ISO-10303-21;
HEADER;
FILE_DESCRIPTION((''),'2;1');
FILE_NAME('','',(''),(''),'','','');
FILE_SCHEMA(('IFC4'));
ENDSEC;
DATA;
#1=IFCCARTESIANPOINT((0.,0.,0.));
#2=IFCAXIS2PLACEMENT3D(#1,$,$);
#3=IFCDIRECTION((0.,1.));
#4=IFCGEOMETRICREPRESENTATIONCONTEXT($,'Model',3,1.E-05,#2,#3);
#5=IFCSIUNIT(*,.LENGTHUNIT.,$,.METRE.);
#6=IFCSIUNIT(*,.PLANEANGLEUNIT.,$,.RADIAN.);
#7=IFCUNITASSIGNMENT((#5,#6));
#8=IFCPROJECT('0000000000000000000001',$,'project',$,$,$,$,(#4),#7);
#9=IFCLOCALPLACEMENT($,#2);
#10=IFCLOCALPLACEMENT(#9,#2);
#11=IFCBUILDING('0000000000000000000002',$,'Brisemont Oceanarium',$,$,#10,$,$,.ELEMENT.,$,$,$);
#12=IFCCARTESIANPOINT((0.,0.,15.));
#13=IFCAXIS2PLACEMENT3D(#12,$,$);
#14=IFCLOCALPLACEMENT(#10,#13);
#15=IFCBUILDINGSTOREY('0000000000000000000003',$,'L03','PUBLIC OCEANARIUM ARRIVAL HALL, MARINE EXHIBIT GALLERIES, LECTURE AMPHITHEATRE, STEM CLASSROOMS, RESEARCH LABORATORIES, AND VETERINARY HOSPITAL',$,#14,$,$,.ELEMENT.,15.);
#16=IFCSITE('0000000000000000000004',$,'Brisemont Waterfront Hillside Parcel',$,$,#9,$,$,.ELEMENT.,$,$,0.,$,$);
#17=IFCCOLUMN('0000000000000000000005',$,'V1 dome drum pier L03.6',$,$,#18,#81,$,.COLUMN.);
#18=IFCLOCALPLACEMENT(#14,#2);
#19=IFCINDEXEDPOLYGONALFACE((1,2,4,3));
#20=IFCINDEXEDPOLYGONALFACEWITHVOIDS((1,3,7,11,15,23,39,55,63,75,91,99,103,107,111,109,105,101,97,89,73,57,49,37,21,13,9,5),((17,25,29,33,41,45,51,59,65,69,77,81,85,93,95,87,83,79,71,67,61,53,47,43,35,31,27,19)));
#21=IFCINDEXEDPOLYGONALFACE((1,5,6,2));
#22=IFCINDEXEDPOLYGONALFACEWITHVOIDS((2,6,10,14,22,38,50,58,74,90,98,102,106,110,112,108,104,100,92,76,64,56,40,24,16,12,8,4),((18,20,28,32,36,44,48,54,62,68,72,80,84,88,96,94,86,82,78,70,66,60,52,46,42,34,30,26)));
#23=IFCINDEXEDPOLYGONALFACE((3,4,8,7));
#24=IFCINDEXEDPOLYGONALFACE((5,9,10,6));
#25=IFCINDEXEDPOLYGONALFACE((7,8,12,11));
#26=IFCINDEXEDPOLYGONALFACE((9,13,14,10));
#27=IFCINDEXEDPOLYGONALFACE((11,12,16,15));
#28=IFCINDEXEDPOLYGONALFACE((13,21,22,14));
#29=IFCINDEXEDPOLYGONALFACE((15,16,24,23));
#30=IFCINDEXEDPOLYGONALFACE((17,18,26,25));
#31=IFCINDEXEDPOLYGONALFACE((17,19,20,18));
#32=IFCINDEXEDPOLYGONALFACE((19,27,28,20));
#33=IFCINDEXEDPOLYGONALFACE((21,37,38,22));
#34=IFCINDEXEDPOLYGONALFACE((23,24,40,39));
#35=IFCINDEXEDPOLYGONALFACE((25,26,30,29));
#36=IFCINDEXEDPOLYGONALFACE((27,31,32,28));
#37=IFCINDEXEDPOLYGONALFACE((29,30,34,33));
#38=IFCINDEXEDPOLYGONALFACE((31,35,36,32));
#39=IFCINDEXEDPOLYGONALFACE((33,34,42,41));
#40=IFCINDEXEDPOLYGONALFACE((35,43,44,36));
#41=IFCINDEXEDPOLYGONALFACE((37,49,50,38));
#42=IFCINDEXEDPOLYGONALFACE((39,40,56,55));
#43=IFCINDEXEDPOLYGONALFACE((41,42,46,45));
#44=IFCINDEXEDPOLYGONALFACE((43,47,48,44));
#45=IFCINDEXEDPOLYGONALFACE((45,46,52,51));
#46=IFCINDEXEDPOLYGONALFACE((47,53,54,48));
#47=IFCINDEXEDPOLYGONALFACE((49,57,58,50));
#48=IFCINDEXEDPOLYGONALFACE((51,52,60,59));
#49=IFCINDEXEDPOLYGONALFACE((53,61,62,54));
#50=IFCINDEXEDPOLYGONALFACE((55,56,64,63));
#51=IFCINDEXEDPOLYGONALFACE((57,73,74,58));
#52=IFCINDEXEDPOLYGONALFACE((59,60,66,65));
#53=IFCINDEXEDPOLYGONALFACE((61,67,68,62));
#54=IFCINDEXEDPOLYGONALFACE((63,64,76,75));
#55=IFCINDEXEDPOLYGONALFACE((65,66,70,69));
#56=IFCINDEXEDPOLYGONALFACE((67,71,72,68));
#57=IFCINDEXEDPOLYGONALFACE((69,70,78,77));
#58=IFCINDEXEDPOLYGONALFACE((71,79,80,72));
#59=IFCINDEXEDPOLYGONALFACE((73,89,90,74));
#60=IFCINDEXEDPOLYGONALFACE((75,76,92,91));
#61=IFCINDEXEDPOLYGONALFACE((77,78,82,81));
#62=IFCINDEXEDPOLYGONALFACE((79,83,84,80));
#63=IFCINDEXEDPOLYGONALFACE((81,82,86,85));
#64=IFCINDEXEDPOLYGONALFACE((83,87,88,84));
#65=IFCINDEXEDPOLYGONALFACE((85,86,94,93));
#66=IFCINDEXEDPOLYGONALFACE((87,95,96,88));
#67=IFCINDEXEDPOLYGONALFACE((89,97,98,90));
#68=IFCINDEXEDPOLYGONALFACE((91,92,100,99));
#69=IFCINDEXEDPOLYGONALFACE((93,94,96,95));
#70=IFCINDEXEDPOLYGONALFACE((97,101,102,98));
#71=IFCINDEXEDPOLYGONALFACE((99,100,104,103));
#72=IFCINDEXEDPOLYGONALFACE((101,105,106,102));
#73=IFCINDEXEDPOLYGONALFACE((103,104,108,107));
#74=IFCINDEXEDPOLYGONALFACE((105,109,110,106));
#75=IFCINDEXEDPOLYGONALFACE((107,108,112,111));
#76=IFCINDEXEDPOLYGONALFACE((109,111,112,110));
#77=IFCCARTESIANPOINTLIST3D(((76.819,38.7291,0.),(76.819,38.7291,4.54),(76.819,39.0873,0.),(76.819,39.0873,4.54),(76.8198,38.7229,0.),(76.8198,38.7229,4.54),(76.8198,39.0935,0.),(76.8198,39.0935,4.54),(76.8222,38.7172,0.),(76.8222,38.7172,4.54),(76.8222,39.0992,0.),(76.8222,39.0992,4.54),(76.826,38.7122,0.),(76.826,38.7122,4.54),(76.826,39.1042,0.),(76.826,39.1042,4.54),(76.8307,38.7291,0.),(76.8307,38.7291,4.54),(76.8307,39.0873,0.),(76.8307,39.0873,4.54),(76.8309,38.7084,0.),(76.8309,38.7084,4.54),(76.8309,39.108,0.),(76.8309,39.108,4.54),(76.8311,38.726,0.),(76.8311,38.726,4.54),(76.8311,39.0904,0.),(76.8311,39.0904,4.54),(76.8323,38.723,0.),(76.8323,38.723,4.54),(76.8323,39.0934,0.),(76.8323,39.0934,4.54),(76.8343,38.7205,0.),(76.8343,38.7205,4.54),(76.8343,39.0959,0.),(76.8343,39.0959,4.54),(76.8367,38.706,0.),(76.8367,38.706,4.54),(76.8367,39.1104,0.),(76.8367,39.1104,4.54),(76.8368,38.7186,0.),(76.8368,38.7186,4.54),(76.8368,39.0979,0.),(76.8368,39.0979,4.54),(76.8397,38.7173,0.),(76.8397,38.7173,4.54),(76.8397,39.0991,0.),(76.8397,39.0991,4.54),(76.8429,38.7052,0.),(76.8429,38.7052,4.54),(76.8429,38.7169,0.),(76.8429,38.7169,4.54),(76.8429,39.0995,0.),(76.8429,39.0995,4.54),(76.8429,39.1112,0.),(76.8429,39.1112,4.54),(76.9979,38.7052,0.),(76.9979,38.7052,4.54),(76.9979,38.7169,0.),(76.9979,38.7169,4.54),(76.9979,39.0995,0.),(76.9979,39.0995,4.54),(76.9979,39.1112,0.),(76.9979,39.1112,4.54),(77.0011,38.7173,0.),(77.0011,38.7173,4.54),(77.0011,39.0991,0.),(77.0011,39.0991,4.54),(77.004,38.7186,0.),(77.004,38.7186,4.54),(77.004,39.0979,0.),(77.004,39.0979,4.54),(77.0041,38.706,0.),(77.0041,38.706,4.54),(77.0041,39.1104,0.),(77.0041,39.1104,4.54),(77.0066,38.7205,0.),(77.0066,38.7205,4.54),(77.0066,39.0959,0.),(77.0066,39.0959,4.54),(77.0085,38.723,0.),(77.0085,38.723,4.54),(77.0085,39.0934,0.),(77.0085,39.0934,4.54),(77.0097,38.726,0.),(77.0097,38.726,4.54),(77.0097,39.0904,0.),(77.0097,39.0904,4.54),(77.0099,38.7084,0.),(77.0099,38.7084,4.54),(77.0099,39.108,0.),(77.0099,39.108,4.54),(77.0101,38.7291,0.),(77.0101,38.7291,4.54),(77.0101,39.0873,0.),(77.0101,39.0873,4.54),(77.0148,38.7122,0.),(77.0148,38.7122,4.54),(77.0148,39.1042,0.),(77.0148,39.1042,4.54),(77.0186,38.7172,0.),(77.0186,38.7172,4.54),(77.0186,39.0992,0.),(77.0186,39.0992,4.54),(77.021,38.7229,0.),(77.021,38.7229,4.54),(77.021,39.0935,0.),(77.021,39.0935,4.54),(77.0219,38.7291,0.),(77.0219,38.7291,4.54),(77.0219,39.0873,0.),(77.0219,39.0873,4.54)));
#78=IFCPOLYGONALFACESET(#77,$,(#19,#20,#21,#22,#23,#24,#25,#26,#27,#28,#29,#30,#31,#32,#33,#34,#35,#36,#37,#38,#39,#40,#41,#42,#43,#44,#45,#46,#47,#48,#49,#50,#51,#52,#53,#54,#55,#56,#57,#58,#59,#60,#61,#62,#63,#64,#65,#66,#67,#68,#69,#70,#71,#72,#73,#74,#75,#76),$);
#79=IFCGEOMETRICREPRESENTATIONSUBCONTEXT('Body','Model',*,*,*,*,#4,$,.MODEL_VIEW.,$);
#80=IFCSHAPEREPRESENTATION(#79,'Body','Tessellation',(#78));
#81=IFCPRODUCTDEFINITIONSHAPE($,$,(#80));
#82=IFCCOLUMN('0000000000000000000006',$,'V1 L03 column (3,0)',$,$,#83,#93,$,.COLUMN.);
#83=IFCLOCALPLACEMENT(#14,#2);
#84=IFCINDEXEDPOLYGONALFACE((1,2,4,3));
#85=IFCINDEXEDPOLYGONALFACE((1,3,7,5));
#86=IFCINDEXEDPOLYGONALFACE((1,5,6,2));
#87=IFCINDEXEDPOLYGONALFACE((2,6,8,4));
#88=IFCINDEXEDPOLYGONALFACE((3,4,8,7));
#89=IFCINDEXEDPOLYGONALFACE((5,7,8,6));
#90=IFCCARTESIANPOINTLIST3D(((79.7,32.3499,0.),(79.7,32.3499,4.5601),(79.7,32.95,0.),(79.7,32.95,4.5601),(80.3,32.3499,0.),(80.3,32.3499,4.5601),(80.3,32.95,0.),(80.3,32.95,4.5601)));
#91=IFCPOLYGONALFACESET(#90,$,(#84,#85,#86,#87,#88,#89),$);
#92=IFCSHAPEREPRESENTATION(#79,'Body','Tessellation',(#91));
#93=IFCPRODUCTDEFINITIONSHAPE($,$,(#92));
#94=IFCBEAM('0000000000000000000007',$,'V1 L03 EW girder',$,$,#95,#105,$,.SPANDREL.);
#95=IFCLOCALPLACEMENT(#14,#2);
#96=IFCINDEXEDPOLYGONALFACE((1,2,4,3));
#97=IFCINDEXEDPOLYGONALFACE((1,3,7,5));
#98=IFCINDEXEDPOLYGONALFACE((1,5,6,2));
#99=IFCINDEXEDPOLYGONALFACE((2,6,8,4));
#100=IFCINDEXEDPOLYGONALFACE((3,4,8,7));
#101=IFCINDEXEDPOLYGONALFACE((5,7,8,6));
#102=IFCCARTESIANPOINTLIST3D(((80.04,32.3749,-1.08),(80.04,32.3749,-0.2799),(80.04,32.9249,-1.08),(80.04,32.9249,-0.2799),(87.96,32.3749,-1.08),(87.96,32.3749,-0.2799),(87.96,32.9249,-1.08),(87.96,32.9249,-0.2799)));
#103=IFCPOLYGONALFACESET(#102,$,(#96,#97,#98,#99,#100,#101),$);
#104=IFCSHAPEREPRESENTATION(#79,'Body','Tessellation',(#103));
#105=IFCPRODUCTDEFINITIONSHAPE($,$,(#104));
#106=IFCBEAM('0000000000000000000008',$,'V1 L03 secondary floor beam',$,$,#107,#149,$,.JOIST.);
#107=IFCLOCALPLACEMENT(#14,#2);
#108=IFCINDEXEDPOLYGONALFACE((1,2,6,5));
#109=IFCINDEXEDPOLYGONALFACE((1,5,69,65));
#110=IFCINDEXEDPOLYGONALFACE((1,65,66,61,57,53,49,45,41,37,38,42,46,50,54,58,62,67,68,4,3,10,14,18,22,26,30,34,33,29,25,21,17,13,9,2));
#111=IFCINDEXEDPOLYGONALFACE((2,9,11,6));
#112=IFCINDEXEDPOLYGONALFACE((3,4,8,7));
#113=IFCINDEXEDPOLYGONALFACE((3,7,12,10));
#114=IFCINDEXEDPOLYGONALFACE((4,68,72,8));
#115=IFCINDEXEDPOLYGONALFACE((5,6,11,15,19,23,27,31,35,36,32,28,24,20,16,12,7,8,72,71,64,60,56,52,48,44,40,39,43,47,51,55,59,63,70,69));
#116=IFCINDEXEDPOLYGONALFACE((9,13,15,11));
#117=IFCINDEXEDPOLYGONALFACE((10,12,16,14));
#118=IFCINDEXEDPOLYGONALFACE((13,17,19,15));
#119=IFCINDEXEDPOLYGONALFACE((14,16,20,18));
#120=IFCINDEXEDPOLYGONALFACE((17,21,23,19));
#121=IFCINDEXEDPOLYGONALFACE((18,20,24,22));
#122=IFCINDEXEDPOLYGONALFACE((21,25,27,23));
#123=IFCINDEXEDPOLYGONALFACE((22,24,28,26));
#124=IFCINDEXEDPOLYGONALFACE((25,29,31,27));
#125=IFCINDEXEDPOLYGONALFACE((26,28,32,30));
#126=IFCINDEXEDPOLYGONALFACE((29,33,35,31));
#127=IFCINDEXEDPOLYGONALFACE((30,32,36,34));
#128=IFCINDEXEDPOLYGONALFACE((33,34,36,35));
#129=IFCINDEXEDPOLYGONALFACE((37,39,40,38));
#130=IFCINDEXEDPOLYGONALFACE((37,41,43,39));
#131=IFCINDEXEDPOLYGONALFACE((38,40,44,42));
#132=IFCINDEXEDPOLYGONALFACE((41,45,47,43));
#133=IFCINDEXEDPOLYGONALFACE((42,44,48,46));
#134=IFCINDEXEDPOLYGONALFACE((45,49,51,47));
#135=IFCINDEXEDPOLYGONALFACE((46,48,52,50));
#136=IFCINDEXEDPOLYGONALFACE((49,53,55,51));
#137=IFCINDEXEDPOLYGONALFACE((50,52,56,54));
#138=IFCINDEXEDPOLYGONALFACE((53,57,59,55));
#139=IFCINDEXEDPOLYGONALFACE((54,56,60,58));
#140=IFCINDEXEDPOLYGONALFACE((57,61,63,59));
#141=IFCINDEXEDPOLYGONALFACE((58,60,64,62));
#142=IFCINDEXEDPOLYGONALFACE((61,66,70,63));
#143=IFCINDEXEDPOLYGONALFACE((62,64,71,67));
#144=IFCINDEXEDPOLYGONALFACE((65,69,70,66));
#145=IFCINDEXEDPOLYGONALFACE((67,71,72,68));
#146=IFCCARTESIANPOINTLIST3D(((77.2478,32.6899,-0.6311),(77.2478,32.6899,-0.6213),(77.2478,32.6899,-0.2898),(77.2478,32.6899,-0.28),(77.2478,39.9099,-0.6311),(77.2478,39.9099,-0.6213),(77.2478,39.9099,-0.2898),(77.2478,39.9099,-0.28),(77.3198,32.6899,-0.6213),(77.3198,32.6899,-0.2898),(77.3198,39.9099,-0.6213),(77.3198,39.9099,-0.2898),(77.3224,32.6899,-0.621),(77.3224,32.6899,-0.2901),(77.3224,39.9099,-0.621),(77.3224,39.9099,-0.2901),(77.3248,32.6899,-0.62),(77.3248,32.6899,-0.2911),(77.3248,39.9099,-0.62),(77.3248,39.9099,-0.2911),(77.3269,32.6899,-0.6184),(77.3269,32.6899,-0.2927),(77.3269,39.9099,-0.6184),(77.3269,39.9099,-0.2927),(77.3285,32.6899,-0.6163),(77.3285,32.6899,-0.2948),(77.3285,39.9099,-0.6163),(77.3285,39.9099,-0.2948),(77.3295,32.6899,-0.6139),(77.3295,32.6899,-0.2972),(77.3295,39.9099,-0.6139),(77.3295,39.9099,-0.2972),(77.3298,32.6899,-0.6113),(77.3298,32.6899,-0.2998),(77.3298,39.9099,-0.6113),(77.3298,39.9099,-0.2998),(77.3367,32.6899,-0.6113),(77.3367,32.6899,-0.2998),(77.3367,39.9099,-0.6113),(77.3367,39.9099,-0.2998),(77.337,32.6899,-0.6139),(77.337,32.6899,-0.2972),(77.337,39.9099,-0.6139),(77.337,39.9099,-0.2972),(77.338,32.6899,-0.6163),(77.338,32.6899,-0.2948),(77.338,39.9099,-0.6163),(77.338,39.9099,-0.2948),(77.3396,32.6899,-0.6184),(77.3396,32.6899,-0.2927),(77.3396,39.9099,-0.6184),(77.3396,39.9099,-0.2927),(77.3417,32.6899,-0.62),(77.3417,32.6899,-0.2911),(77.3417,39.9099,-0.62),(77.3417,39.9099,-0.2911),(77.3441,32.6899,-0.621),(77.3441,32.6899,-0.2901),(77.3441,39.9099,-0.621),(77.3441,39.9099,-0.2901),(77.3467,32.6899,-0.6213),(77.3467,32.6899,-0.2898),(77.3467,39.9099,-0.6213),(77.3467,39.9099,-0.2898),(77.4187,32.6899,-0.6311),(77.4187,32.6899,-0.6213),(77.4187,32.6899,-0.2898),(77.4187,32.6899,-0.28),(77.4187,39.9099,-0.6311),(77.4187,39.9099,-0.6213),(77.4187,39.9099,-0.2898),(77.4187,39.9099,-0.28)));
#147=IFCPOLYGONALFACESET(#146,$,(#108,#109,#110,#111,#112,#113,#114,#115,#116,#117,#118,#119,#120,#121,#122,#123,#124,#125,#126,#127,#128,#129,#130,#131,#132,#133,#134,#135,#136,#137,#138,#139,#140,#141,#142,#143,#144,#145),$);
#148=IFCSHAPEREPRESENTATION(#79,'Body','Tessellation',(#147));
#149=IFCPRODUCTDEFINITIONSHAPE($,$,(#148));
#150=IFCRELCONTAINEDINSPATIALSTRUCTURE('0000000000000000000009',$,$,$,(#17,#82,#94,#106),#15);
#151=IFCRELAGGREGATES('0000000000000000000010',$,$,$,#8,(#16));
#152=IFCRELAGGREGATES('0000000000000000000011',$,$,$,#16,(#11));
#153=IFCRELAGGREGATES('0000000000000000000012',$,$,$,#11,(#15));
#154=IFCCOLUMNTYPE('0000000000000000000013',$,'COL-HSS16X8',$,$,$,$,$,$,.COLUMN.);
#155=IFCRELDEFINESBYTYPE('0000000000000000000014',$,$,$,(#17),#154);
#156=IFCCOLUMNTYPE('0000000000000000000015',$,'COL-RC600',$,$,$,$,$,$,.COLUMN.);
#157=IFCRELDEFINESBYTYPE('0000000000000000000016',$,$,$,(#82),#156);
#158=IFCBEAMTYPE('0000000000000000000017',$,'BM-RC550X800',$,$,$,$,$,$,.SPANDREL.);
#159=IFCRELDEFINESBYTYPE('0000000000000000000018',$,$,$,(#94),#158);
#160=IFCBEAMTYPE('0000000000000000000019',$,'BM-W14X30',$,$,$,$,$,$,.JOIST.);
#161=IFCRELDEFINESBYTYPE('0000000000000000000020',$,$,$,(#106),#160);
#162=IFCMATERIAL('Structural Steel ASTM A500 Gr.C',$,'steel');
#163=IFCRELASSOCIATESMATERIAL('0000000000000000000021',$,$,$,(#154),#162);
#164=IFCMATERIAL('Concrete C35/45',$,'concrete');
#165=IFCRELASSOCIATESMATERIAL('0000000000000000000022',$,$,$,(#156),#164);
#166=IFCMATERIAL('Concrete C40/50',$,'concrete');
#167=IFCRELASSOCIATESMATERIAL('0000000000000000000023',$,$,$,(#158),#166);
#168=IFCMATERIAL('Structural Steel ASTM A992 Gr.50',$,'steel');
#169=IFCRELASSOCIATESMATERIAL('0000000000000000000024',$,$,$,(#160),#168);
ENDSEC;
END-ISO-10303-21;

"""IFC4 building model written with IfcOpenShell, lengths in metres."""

from ifc_helpers import new_model, si_unit, direction, frame, origin, origin_2d, place, context, subcontext, project, spatial, rectangle, hollow_rectangle, i_section, extrude, material, material_profile, profile_set, type_object, element, save


model = new_model("IFC4")

# Units and contexts
model_context = context("Model", 3, precision=1e-05, world=origin(), true_north=direction((0.0, 1.0)))
body_context = subcontext(model_context, "Body", "Model", "MODEL_VIEW")
ifc_project = project(units=[si_unit("LENGTHUNIT", "METRE"), si_unit("PLANEANGLEUNIT", "RADIAN")], contexts=[model_context])

# Site, building, storey
site_placement = place(None, origin())
site = spatial("IfcSite", under=ifc_project, at=site_placement, Name="Brisemont Waterfront Hillside Parcel", CompositionType="ELEMENT", RefElevation=0.0)
building_placement = place(site_placement, origin())
building = spatial("IfcBuilding", under=site, at=building_placement, Name="Brisemont Oceanarium", CompositionType="ELEMENT")
storey_placement = place(building_placement, frame((0.0, 0.0, 15.0)))
storey = spatial("IfcBuildingStorey", under=building, at=storey_placement, Name="L03", Description="PUBLIC OCEANARIUM ARRIVAL HALL, MARINE EXHIBIT GALLERIES, LECTURE AMPHITHEATRE, STEM CLASSROOMS, RESEARCH LABORATORIES, AND VETERINARY HOSPITAL", CompositionType="ELEMENT", Elevation=15.0)

# Columns
ifc_material_1 = material(Name="Structural Steel ASTM A500 Gr.C", Category="steel")
ifc_material_profile_1 = material_profile(ifc_material_1, hollow_rectangle(XDim=0.2029, YDim=0.406, WallThickness=0.0117, InnerFilletRadius=0.0122, OuterFilletRadius=0.0239, at=origin_2d()), Name="HSS16X8X1/2")
ifc_profile_set_1 = profile_set([ifc_material_profile_1], Name="Structural Steel ASTM A500 Gr.C")
column_type_1 = type_object("IfcColumnType", Name="COL-HSS16X8", PredefinedType="COLUMN", material=ifc_profile_set_1)
column_1_placement = place(storey_placement, frame((76.9204, 38.9082, 0.0), z_axis=(0.0, 0.0, 1.0), x_axis=(1.0, 0.0, 0.0)))
element("IfcColumn", 1, at=column_1_placement, inside=storey, type_object=column_type_1, Name="V1 dome drum pier L03.6", PredefinedType="COLUMN", context=body_context, shape_type="SweptSolid", body=[
    extrude(hollow_rectangle(XDim=0.2029, YDim=0.406, WallThickness=0.0117, InnerFilletRadius=0.0122, OuterFilletRadius=0.0239, at=origin_2d()), origin(), (0.0, 0.0, 1.0), 4.54),
])
ifc_material_2 = material(Name="Concrete C35/45", Category="concrete")
ifc_material_profile_2 = material_profile(ifc_material_2, rectangle(XDim=0.6001, YDim=0.6001, at=origin_2d()), Name="RC-COL-600X600")
ifc_profile_set_2 = profile_set([ifc_material_profile_2], Name="Concrete C35/45")
column_type_2 = type_object("IfcColumnType", Name="COL-RC600", PredefinedType="COLUMN", material=ifc_profile_set_2)
column_2_placement = place(storey_placement, frame((80.0, 32.6499, 0.0), z_axis=(0.0, 0.0, 1.0), x_axis=(0.0, 1.0, 0.0)))
element("IfcColumn", 2, at=column_2_placement, inside=storey, type_object=column_type_2, Name="V1 L03 column (3,0)", PredefinedType="COLUMN", context=body_context, shape_type="SweptSolid", body=[
    extrude(rectangle(XDim=0.6001, YDim=0.6001, at=origin_2d()), origin(), (0.0, 0.0, 1.0), 4.5601),
])

# Beams
ifc_material_3 = material(Name="Concrete C40/50", Category="concrete")
ifc_material_profile_3 = material_profile(ifc_material_3, rectangle(XDim=0.55, YDim=0.8, at=origin_2d()), Name="RC-BM-550X800")
ifc_profile_set_3 = profile_set([ifc_material_profile_3], Name="Concrete C40/50")
beam_type_1 = type_object("IfcBeamType", Name="BM-RC550X800", PredefinedType="SPANDREL", material=ifc_profile_set_3)
beam_1_placement = place(storey_placement, frame((80.04, 32.6499, -0.6799), z_axis=(1.0, 0.0, 0.0), x_axis=(0.0, 1.0, 0.0)))
element("IfcBeam", 3, at=beam_1_placement, inside=storey, type_object=beam_type_1, Name="V1 L03 EW girder", PredefinedType="SPANDREL", context=body_context, shape_type="SweptSolid", body=[
    extrude(rectangle(XDim=0.55, YDim=0.8, at=origin_2d()), origin(), (0.0, 0.0, 1.0), 7.9199),
])
ifc_material_4 = material(Name="Structural Steel ASTM A992 Gr.50", Category="steel")
ifc_material_profile_4 = material_profile(ifc_material_4, i_section(OverallWidth=0.1709, OverallDepth=0.3511, WebThickness=0.0068, FlangeThickness=0.0098, FilletRadius=0.01, at=origin_2d()), Name="W14X30")
ifc_profile_set_4 = profile_set([ifc_material_profile_4], Name="Structural Steel ASTM A992 Gr.50")
beam_type_2 = type_object("IfcBeamType", Name="BM-W14X30", PredefinedType="JOIST", material=ifc_profile_set_4)
beam_2_placement = place(storey_placement, frame((77.3333, 32.6899, -0.4556), z_axis=(0.0, 1.0, 0.0), x_axis=(-1.0, 0.0, 0.0)))
element("IfcBeam", 4, at=beam_2_placement, inside=storey, type_object=beam_type_2, Name="V1 L03 secondary floor beam", PredefinedType="JOIST", context=body_context, shape_type="SweptSolid", body=[
    extrude(i_section(OverallWidth=0.1709, OverallDepth=0.3511, WebThickness=0.0068, FlangeThickness=0.0098, FilletRadius=0.01, at=origin_2d()), origin(), (0.0, 0.0, 1.0), 7.22),
])

save(model, "model.ifc")
